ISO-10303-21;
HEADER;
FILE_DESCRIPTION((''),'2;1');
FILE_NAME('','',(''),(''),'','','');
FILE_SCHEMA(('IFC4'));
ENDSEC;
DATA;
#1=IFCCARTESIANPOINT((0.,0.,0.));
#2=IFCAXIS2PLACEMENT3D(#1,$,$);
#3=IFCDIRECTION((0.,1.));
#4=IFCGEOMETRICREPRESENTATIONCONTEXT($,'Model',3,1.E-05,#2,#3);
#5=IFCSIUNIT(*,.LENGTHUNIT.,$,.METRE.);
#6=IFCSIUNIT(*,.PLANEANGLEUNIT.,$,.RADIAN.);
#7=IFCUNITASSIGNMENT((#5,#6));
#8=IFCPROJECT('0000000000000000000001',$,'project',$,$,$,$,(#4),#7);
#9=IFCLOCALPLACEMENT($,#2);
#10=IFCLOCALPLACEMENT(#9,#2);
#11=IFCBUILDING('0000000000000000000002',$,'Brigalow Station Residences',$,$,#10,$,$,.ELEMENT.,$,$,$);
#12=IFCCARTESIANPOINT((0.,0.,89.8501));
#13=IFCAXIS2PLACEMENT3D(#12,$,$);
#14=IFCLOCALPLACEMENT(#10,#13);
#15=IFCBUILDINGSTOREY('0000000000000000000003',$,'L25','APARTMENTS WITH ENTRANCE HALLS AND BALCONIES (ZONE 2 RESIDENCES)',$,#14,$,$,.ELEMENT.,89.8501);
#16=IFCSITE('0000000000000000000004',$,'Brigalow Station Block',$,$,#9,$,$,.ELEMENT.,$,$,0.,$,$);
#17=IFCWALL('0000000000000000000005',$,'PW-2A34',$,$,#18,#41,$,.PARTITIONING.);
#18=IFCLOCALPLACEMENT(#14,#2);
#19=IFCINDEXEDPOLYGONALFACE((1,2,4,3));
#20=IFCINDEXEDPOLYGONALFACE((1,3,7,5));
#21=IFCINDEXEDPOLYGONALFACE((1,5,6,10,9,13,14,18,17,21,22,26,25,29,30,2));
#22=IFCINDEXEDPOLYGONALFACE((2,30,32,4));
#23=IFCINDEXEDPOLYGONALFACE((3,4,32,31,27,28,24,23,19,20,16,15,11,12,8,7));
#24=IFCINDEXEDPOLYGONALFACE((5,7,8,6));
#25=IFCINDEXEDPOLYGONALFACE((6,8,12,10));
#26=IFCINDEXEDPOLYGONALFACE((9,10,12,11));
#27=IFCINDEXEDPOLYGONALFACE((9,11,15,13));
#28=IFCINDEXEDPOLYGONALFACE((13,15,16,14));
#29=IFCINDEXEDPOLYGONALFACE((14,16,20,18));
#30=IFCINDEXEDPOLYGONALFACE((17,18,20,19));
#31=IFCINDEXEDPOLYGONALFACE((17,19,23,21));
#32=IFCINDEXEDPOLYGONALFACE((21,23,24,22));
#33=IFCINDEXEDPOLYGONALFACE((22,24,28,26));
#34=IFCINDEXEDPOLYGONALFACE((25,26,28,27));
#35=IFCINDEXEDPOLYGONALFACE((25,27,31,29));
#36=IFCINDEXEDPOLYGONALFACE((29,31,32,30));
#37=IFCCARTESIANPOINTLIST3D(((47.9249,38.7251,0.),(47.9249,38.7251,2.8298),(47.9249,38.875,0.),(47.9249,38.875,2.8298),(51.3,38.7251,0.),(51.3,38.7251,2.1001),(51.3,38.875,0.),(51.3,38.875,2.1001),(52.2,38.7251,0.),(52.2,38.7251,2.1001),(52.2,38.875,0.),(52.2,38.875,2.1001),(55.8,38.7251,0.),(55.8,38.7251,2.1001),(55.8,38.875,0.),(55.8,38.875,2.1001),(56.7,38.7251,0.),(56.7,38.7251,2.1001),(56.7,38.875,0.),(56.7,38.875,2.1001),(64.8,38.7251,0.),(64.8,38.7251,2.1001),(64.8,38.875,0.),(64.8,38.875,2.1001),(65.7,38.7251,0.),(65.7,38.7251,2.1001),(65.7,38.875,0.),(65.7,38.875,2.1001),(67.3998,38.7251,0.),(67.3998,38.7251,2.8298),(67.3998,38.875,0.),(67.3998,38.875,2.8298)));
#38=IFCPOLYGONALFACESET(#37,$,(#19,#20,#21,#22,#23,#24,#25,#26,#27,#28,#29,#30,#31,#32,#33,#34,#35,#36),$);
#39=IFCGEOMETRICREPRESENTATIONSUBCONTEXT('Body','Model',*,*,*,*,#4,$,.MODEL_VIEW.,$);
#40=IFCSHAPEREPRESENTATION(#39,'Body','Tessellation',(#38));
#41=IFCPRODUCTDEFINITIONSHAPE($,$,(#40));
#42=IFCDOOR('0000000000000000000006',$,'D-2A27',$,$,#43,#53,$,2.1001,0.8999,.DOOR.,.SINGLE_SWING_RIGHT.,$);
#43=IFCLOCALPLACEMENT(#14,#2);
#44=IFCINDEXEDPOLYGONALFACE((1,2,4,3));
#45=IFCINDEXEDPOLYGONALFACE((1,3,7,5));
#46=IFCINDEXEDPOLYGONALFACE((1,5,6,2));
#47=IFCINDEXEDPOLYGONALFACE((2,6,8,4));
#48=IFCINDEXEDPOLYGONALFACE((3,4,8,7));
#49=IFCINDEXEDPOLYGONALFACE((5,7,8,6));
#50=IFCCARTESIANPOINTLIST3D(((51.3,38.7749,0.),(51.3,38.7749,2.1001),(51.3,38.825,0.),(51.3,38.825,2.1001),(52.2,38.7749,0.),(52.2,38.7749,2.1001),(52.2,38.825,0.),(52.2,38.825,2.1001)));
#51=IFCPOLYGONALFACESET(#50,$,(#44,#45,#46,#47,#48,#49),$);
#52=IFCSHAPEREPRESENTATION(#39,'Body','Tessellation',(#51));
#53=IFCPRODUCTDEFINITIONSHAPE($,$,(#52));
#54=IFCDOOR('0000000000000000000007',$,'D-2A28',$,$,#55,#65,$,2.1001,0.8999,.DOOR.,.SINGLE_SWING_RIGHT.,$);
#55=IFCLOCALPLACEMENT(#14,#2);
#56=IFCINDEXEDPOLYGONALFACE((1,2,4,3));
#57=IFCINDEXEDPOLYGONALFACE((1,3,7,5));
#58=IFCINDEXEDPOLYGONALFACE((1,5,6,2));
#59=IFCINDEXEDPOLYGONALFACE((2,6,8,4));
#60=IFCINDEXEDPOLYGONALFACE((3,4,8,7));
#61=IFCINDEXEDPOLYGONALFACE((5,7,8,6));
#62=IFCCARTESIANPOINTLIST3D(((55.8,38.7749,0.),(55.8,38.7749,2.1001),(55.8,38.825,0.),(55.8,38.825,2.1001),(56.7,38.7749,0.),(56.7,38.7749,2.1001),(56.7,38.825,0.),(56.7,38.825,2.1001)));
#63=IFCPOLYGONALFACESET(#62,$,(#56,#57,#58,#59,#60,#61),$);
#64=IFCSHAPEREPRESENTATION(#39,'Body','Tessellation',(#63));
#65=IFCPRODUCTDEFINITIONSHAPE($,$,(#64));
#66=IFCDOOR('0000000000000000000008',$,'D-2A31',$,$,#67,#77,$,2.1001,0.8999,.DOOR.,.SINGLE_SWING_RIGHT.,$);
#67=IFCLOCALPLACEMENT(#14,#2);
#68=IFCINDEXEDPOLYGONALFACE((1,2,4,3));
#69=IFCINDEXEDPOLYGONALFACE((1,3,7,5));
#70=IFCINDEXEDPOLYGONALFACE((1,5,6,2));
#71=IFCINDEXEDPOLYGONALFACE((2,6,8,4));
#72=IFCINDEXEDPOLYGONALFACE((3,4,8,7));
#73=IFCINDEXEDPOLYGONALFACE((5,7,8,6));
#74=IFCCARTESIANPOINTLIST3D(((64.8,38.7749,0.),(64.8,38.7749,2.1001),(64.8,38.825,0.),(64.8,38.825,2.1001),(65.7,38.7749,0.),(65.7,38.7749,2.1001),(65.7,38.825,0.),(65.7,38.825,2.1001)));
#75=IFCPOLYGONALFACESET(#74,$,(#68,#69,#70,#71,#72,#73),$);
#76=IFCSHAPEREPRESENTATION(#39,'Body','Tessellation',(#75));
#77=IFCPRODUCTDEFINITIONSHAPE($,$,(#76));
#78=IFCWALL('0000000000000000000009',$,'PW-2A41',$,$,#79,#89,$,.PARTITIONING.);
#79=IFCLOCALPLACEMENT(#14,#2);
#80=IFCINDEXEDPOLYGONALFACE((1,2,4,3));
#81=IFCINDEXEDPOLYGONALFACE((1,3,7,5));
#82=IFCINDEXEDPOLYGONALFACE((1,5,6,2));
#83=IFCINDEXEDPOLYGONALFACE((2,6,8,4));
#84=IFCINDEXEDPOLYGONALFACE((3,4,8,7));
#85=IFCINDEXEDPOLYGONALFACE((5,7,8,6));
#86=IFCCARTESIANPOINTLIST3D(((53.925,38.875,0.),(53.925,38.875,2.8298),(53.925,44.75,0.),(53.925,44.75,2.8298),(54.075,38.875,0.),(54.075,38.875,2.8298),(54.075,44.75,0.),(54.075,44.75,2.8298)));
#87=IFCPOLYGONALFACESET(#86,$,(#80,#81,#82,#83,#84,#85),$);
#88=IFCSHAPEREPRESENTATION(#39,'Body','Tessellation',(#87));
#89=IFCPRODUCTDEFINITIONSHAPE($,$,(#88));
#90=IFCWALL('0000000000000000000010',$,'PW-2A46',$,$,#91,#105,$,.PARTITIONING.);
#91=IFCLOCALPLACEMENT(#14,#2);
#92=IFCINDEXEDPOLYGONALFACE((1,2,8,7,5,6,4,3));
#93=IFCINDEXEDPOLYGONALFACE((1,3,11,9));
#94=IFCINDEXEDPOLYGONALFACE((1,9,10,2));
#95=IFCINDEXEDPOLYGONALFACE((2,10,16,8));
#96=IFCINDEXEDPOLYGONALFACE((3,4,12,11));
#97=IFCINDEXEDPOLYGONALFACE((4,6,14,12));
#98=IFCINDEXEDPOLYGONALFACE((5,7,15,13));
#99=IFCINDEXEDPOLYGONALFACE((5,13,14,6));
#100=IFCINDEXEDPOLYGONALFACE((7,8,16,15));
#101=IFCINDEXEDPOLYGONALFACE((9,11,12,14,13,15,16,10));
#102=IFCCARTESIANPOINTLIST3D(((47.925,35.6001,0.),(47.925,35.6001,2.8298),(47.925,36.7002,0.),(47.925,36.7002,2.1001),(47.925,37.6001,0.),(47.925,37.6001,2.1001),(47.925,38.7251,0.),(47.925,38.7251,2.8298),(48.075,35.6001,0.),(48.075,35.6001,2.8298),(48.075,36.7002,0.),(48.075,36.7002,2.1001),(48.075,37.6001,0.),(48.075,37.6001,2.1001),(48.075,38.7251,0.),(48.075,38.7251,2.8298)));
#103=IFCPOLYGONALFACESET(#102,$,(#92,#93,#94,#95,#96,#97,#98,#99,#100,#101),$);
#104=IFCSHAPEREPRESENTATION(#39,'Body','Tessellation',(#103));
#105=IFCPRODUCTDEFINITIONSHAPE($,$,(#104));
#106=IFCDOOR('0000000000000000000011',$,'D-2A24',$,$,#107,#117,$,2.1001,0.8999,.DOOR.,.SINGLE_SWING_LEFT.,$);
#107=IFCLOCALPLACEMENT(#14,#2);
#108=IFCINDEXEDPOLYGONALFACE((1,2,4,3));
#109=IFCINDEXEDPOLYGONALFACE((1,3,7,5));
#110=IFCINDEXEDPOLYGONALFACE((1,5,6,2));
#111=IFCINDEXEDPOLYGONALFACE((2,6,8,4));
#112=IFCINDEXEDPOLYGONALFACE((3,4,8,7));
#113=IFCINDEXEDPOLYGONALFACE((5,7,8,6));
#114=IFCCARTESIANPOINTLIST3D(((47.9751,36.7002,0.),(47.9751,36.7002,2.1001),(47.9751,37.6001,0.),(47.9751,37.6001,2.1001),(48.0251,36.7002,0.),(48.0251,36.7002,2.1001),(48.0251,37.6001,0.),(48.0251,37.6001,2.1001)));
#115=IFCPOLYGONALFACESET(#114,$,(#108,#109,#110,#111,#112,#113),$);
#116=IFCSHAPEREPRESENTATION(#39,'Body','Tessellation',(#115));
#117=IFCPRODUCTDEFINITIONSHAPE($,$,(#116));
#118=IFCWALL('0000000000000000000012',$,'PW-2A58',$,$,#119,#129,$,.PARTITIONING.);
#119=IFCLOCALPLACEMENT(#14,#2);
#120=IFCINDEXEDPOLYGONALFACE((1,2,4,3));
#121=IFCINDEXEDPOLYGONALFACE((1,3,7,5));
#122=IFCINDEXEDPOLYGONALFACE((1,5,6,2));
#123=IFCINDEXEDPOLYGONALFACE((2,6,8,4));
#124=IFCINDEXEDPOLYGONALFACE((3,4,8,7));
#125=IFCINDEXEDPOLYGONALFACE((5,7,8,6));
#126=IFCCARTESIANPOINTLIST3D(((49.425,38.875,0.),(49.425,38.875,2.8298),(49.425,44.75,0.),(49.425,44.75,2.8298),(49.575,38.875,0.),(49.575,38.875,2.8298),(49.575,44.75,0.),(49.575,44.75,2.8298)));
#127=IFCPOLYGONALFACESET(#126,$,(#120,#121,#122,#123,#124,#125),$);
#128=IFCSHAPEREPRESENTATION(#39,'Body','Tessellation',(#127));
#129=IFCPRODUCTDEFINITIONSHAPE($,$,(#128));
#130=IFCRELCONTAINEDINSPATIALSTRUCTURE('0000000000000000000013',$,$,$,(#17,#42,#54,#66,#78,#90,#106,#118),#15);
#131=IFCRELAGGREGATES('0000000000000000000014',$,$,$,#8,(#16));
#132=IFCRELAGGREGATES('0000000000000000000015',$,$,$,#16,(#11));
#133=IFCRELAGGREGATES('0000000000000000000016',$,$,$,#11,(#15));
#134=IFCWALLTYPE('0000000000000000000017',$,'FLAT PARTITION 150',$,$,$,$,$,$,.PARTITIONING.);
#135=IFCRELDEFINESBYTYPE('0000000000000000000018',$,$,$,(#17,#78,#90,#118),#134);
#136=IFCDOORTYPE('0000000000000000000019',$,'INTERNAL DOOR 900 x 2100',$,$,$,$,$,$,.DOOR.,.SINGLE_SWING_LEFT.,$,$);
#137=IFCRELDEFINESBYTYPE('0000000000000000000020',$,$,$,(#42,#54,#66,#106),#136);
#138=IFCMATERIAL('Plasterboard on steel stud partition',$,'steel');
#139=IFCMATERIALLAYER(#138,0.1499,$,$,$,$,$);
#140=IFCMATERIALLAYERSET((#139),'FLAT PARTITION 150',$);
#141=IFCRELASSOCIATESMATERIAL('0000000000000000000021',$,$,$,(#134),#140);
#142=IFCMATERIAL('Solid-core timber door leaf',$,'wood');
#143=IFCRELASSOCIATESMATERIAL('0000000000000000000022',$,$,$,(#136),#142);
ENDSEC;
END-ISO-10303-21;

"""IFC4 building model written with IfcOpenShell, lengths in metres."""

from ifc_helpers import new_model, si_unit, direction, frame, frame_2d, origin, place, context, subcontext, project, spatial, rectangle, extrude, material, layer, layer_set, type_object, element, fill, save


model = new_model("IFC4")

# Units and contexts
model_context = context("Model", 3, precision=1e-05, world=origin(), true_north=direction((0.0, 1.0)))
body_context = subcontext(model_context, "Body", "Model", "MODEL_VIEW")
ifc_project = project(units=[si_unit("LENGTHUNIT", "METRE"), si_unit("PLANEANGLEUNIT", "RADIAN")], contexts=[model_context])

# Site, building, storey
site_placement = place(None, origin())
site = spatial("IfcSite", under=ifc_project, at=site_placement, Name="Brigalow Station Block", CompositionType="ELEMENT", RefElevation=0.0)
building_placement = place(site_placement, origin())
building = spatial("IfcBuilding", under=site, at=building_placement, Name="Brigalow Station Residences", CompositionType="ELEMENT")
storey_placement = place(building_placement, frame((0.0, 0.0, 89.8501)))
storey = spatial("IfcBuildingStorey", under=building, at=storey_placement, Name="L25", Description="APARTMENTS WITH ENTRANCE HALLS AND BALCONIES (ZONE 2 RESIDENCES)", CompositionType="ELEMENT", Elevation=89.8501)

# Wall, openings, doors
ifc_material_1 = material(Name="Plasterboard on steel stud partition", Category="steel")
ifc_layer_1 = layer(ifc_material_1, 0.1499)
ifc_layer_set_1 = layer_set([ifc_layer_1], Name="FLAT PARTITION 150")
wall_type_1 = type_object("IfcWallType", Name="FLAT PARTITION 150", PredefinedType="PARTITIONING", material=ifc_layer_set_1)
wall_1_placement = place(storey_placement, frame((47.925, 38.8, 0.0), z_axis=(0.0, 0.0, 1.0), x_axis=(1.0, 0.0, 0.0)))
wall_1 = element("IfcWall", 1, at=wall_1_placement, inside=storey, type_object=wall_type_1, Name="PW-2A34", PredefinedType="PARTITIONING", context=body_context, shape_type="SweptSolid", body=[
    extrude(rectangle(XDim=19.4749, YDim=0.1499, at=frame_2d((9.7373, 0.0))), origin(), (0.0, 0.0, 1.0), 2.8298),
])
opening_1_placement = place(wall_1_placement, frame((3.375, 0.0, 0.0)))
opening_1 = element("IfcOpeningElement", 2, at=opening_1_placement, cuts=wall_1, PredefinedType="OPENING", context=body_context, shape_type="SweptSolid", body=[
    extrude(rectangle(XDim=0.8999, YDim=2.1001, at=frame_2d((0.45, 1.05))), frame((0.0, 0.085, 0.0), z_axis=(0.0, -1.0, 0.0), x_axis=(1.0, 0.0, 0.0)), (0.0, 0.0, 1.0), 0.1699),
])
opening_2_placement = place(wall_1_placement, frame((7.875, 0.0, 0.0)))
opening_2 = element("IfcOpeningElement", 3, at=opening_2_placement, cuts=wall_1, PredefinedType="OPENING", context=body_context, shape_type="SweptSolid", body=[
    extrude(rectangle(XDim=0.8999, YDim=2.1001, at=frame_2d((0.45, 1.05))), frame((0.0, 0.085, 0.0), z_axis=(0.0, -1.0, 0.0), x_axis=(1.0, 0.0, 0.0)), (0.0, 0.0, 1.0), 0.1699),
])
opening_3_placement = place(wall_1_placement, frame((16.875, 0.0, 0.0)))
opening_3 = element("IfcOpeningElement", 4, at=opening_3_placement, cuts=wall_1, PredefinedType="OPENING", context=body_context, shape_type="SweptSolid", body=[
    extrude(rectangle(XDim=0.8999, YDim=2.1001, at=frame_2d((0.45, 1.05))), frame((0.0, 0.085, 0.0), z_axis=(0.0, -1.0, 0.0), x_axis=(1.0, 0.0, 0.0)), (0.0, 0.0, 1.0), 0.1699),
])
ifc_material_2 = material(Name="Solid-core timber door leaf", Category="wood")
door_type_1 = type_object("IfcDoorType", Name="INTERNAL DOOR 900 x 2100", OperationType="SINGLE_SWING_LEFT", PredefinedType="DOOR", material=ifc_material_2)
door_1_placement = place(opening_1_placement, origin())
door_1 = element("IfcDoor", 5, at=door_1_placement, inside=storey, type_object=door_type_1, Name="D-2A27", OperationType="SINGLE_SWING_RIGHT", OverallHeight=2.1001, OverallWidth=0.8999, PredefinedType="DOOR", context=body_context, shape_type="SweptSolid", body=[
    extrude(rectangle(XDim=0.8999, YDim=2.1001, at=frame_2d((0.45, 1.05))), frame((0.0, 0.0249, 0.0), z_axis=(0.0, -1.0, 0.0), x_axis=(1.0, 0.0, 0.0)), (0.0, 0.0, 1.0), 0.05),
])
fill(opening_1, door_1)
door_2_placement = place(opening_2_placement, origin())
door_2 = element("IfcDoor", 6, at=door_2_placement, inside=storey, type_object=door_type_1, Name="D-2A28", OperationType="SINGLE_SWING_RIGHT", OverallHeight=2.1001, OverallWidth=0.8999, PredefinedType="DOOR", context=body_context, shape_type="SweptSolid", body=[
    extrude(rectangle(XDim=0.8999, YDim=2.1001, at=frame_2d((0.45, 1.05))), frame((0.0, 0.0249, 0.0), z_axis=(0.0, -1.0, 0.0), x_axis=(1.0, 0.0, 0.0)), (0.0, 0.0, 1.0), 0.05),
])
fill(opening_2, door_2)
door_3_placement = place(opening_3_placement, origin())
door_3 = element("IfcDoor", 7, at=door_3_placement, inside=storey, type_object=door_type_1, Name="D-2A31", OperationType="SINGLE_SWING_RIGHT", OverallHeight=2.1001, OverallWidth=0.8999, PredefinedType="DOOR", context=body_context, shape_type="SweptSolid", body=[
    extrude(rectangle(XDim=0.8999, YDim=2.1001, at=frame_2d((0.45, 1.05))), frame((0.0, 0.0249, 0.0), z_axis=(0.0, -1.0, 0.0), x_axis=(1.0, 0.0, 0.0)), (0.0, 0.0, 1.0), 0.05),
])
fill(opening_3, door_3)

# Wall
wall_2_placement = place(storey_placement, frame((54.0, 38.875, 0.0), z_axis=(0.0, 0.0, 1.0), x_axis=(0.0, 1.0, 0.0)))
element("IfcWall", 8, at=wall_2_placement, inside=storey, type_object=wall_type_1, Name="PW-2A41", PredefinedType="PARTITIONING", context=body_context, shape_type="SweptSolid", body=[
    extrude(rectangle(XDim=5.875, YDim=0.1499, at=frame_2d((2.9375, 0.0))), origin(), (0.0, 0.0, 1.0), 2.8298),
])

# Wall, opening, door
wall_3_placement = place(storey_placement, frame((48.0, 35.6001, 0.0), z_axis=(0.0, 0.0, 1.0), x_axis=(0.0, 1.0, 0.0)))
wall_3 = element("IfcWall", 9, at=wall_3_placement, inside=storey, type_object=wall_type_1, Name="PW-2A46", PredefinedType="PARTITIONING", context=body_context, shape_type="SweptSolid", body=[
    extrude(rectangle(XDim=3.125, YDim=0.1499, at=frame_2d((1.5625, 0.0))), origin(), (0.0, 0.0, 1.0), 2.8298),
])
opening_4_placement = place(wall_3_placement, frame((1.1001, 0.0, 0.0)))
opening_4 = element("IfcOpeningElement", 10, at=opening_4_placement, cuts=wall_3, PredefinedType="OPENING", context=body_context, shape_type="SweptSolid", body=[
    extrude(rectangle(XDim=0.8999, YDim=2.1001, at=frame_2d((0.45, 1.05))), frame((0.0, 0.085, 0.0), z_axis=(0.0, -1.0, 0.0), x_axis=(1.0, 0.0, 0.0)), (0.0, 0.0, 1.0), 0.1699),
])
door_4_placement = place(opening_4_placement, origin())
door_4 = element("IfcDoor", 11, at=door_4_placement, inside=storey, type_object=door_type_1, Name="D-2A24", OperationType="SINGLE_SWING_LEFT", OverallHeight=2.1001, OverallWidth=0.8999, PredefinedType="DOOR", context=body_context, shape_type="SweptSolid", body=[
    extrude(rectangle(XDim=0.8999, YDim=2.1001, at=frame_2d((0.45, 1.05))), frame((0.0, 0.0249, 0.0), z_axis=(0.0, -1.0, 0.0), x_axis=(1.0, 0.0, 0.0)), (0.0, 0.0, 1.0), 0.05),
])
fill(opening_4, door_4)

# Wall
wall_4_placement = place(storey_placement, frame((49.5, 38.875, 0.0), z_axis=(0.0, 0.0, 1.0), x_axis=(0.0, 1.0, 0.0)))
element("IfcWall", 12, at=wall_4_placement, inside=storey, type_object=wall_type_1, Name="PW-2A58", PredefinedType="PARTITIONING", context=body_context, shape_type="SweptSolid", body=[
    extrude(rectangle(XDim=5.875, YDim=0.1499, at=frame_2d((2.9375, 0.0))), origin(), (0.0, 0.0, 1.0), 2.8298),
])

save(model, "model.ifc")
